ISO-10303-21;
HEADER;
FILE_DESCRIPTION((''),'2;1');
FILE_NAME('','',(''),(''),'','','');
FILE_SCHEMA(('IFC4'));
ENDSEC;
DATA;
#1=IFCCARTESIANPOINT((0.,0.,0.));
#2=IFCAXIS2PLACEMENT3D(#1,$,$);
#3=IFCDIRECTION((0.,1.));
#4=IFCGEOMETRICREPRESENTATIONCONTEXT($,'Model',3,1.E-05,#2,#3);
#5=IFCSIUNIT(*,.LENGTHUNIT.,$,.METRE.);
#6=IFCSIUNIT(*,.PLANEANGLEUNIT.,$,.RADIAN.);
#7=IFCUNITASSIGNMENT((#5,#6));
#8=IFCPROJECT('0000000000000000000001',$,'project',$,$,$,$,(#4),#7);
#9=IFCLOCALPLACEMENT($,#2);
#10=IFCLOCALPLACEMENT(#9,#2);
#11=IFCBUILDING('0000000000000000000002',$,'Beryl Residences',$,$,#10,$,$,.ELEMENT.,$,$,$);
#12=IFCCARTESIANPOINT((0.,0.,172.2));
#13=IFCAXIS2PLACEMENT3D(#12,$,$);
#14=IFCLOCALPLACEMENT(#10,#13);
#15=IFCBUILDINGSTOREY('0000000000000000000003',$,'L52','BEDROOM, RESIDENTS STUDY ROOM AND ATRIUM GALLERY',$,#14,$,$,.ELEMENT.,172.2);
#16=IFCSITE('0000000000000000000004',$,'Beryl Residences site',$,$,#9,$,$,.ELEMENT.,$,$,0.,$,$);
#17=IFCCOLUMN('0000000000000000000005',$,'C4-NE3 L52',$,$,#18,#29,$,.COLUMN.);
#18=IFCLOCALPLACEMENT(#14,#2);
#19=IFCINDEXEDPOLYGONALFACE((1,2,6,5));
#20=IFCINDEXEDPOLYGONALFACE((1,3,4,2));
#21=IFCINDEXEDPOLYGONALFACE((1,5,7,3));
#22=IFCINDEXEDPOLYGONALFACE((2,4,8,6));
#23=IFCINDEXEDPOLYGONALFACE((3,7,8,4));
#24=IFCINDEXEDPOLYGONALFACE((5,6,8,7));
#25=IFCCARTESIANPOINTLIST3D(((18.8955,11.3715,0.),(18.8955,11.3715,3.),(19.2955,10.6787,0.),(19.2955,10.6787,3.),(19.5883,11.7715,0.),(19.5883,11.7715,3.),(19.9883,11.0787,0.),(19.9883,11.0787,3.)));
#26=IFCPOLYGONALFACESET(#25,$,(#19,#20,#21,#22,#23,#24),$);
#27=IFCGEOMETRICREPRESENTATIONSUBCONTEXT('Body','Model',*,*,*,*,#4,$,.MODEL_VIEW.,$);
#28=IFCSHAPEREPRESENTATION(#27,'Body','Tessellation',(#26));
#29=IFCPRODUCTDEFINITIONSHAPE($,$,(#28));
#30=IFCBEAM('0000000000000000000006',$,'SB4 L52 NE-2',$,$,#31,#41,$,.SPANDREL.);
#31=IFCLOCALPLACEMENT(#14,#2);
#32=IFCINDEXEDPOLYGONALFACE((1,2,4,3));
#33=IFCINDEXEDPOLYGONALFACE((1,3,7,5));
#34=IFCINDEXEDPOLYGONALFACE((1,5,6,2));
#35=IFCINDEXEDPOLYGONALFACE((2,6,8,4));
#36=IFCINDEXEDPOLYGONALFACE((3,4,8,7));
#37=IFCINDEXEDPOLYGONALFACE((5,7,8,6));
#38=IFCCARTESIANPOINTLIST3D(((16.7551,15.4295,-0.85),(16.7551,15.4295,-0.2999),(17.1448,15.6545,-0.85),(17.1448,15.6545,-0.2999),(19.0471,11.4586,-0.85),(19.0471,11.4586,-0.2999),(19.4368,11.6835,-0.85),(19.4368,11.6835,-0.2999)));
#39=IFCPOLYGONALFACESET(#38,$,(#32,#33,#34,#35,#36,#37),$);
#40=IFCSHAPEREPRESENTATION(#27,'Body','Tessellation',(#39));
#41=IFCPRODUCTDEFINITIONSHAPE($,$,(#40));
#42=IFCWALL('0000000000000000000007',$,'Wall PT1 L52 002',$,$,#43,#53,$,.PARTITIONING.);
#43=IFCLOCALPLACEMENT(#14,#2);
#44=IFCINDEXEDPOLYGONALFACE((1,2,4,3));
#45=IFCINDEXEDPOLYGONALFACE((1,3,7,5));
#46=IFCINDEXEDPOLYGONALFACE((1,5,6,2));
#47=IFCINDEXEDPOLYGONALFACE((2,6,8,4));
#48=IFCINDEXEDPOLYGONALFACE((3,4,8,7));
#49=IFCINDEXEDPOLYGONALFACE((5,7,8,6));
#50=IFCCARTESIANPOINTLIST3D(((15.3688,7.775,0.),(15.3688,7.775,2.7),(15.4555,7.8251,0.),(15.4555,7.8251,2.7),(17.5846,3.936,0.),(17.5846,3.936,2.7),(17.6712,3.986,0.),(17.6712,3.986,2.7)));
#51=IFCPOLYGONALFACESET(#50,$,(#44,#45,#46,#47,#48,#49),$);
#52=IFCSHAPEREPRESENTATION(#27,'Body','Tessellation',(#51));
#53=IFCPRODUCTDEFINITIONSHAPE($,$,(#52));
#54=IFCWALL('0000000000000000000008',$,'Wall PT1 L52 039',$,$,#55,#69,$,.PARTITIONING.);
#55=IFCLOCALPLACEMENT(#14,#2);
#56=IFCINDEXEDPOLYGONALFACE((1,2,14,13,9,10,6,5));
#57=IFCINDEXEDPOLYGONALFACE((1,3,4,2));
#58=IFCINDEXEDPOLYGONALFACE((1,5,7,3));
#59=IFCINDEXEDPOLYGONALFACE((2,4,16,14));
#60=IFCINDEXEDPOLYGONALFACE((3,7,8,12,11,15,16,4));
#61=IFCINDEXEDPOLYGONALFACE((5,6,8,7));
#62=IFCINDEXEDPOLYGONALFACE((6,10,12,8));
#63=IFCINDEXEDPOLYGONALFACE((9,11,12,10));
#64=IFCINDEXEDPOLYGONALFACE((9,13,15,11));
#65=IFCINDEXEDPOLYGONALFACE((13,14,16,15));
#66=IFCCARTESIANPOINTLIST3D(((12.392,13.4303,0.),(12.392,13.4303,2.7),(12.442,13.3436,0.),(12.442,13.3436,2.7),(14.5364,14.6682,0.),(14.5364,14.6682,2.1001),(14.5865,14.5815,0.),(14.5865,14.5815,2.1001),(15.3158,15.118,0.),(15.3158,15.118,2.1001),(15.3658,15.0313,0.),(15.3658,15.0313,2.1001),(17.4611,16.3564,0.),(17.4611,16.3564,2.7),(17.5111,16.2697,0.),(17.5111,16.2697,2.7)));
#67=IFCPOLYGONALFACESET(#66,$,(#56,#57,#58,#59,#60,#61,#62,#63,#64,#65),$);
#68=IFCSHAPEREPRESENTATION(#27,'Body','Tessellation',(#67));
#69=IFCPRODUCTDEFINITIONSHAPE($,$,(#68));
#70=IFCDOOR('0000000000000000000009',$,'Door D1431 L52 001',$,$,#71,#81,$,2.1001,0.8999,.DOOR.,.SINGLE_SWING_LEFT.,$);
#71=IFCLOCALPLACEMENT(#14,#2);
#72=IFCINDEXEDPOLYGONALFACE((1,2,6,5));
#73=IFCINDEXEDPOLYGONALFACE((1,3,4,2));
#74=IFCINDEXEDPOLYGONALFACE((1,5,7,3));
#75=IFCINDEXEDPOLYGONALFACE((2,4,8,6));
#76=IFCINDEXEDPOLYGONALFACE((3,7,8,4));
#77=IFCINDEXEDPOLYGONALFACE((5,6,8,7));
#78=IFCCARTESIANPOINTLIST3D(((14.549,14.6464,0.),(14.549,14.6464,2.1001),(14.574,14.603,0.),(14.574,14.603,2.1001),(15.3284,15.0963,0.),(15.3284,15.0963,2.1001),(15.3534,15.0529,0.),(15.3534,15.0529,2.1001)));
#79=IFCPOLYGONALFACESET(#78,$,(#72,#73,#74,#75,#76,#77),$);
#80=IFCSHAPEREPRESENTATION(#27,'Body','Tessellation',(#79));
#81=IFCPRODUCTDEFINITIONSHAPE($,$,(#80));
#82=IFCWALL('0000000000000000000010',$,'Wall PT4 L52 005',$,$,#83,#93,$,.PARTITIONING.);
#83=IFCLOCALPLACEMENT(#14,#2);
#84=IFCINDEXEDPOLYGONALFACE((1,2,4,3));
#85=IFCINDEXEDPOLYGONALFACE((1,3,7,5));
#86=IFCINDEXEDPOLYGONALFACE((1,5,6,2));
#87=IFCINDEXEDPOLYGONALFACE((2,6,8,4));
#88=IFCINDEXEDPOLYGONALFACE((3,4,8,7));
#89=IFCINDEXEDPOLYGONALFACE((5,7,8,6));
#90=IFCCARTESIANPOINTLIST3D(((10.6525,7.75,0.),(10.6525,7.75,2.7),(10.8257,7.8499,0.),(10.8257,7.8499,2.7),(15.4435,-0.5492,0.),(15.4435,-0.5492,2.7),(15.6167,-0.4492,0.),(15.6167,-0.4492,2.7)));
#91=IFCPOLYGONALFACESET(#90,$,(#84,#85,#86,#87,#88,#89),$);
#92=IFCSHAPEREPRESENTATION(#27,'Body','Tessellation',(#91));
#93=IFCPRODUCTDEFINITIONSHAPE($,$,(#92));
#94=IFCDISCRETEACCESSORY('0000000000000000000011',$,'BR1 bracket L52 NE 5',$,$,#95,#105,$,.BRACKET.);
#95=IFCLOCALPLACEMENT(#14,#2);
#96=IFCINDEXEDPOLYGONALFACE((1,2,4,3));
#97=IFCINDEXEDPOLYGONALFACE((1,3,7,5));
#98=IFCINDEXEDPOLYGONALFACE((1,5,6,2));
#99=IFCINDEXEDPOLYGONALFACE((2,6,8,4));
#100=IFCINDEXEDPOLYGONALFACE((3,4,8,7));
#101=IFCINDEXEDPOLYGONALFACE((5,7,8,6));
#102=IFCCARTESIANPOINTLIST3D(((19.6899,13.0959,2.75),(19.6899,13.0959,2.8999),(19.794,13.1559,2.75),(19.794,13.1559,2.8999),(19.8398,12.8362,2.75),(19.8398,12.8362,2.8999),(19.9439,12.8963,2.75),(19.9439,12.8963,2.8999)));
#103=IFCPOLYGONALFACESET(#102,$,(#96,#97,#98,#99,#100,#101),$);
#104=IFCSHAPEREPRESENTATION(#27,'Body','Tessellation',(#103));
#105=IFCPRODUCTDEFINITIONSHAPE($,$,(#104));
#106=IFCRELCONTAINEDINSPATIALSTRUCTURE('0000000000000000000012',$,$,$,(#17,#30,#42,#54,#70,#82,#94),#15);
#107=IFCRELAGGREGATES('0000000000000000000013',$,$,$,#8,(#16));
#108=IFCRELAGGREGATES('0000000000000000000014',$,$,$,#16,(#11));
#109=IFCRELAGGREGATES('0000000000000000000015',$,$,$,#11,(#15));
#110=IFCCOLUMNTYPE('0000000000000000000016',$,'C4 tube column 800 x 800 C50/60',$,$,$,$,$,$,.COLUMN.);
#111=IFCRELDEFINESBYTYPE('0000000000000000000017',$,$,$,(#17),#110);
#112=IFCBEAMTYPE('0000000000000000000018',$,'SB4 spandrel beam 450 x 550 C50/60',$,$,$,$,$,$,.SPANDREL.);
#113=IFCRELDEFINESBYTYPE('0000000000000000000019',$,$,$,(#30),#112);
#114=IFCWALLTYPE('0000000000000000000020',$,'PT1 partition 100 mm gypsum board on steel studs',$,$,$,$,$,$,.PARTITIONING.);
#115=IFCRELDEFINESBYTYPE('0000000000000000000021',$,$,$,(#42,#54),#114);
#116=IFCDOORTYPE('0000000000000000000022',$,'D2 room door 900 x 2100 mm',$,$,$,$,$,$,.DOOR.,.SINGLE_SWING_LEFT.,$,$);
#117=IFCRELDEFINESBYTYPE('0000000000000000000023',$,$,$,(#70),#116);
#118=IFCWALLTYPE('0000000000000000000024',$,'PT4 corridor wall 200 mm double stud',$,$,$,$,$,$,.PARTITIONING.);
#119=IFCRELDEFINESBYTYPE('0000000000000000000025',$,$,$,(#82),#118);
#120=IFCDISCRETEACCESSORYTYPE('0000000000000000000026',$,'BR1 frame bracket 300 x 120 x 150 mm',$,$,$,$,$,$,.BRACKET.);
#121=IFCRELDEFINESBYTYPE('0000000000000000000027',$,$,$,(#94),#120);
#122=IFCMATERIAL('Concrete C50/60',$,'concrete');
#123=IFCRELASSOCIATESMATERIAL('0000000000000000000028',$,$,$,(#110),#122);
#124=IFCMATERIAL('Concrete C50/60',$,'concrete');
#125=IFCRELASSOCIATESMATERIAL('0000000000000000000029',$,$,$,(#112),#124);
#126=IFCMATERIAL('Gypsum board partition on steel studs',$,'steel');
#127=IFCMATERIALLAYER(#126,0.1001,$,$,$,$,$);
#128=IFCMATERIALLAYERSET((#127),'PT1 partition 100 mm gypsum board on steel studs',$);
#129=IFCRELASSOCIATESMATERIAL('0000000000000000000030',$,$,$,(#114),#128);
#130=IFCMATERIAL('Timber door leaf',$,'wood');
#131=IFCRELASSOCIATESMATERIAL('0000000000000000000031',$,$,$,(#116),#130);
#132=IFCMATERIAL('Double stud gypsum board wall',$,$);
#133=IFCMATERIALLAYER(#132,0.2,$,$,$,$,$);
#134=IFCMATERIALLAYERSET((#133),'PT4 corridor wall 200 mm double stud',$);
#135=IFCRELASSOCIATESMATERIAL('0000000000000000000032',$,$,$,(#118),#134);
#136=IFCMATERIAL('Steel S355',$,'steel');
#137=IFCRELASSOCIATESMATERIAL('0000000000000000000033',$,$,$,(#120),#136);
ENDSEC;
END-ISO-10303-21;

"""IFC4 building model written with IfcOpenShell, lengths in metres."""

from ifc_helpers import new_model, si_unit, direction, frame, frame_2d, origin, origin_2d, place, context, subcontext, project, spatial, polyline, rectangle, outline, extrude, source, transform, mapped, material, layer, layer_set, material_profile, profile_set, type_object, type_shapes, element, fill, save


model = new_model("IFC4")

# Units and contexts
model_context = context("Model", 3, precision=1e-05, world=origin(), true_north=direction((0.0, 1.0)))
body_context = subcontext(model_context, "Body", "Model", "MODEL_VIEW")
ifc_project = project(units=[si_unit("LENGTHUNIT", "METRE"), si_unit("PLANEANGLEUNIT", "RADIAN")], contexts=[model_context])

# Site, building, storey
site_placement = place(None, origin())
site = spatial("IfcSite", under=ifc_project, at=site_placement, Name="Beryl Residences site", CompositionType="ELEMENT", RefElevation=0.0)
building_placement = place(site_placement, origin())
building = spatial("IfcBuilding", under=site, at=building_placement, Name="Beryl Residences", CompositionType="ELEMENT")
storey_placement = place(building_placement, frame((0.0, 0.0, 172.2)))
storey = spatial("IfcBuildingStorey", under=building, at=storey_placement, Name="L52", Description="BEDROOM, RESIDENTS STUDY ROOM AND ATRIUM GALLERY", CompositionType="ELEMENT", Elevation=172.2)

# Column
ifc_material_1 = material(Name="Concrete C50/60", Category="concrete")
ifc_material_profile_1 = material_profile(ifc_material_1, rectangle(XDim=0.8, YDim=0.8, at=origin_2d()))
ifc_profile_set_1 = profile_set([ifc_material_profile_1], Name="Concrete C50/60")
column_type = type_object("IfcColumnType", Name="C4 tube column 800 x 800 C50/60", PredefinedType="COLUMN", material=ifc_profile_set_1)
column_placement = place(storey_placement, frame((19.4419, 11.2251, 0.0), z_axis=(0.0, 0.0, 1.0), x_axis=(-0.5, 0.866025, 0.0)))
element("IfcColumn", 1, at=column_placement, inside=storey, type_object=column_type, Name="C4-NE3 L52", PredefinedType="COLUMN", context=body_context, shape_type="SweptSolid", body=[
    extrude(rectangle(XDim=0.8, YDim=0.8, at=origin_2d()), origin(), (0.0, 0.0, 1.0), 3.0),
])

# Beam
ifc_material_2 = material(Name="Concrete C50/60", Category="concrete")
ifc_material_profile_2 = material_profile(ifc_material_2, rectangle(XDim=0.45, YDim=0.55, at=origin_2d()))
ifc_profile_set_2 = profile_set([ifc_material_profile_2], Name="Concrete C50/60")
beam_type = type_object("IfcBeamType", Name="SB4 spandrel beam 450 x 550 C50/60", PredefinedType="SPANDREL", material=ifc_profile_set_2)
beam_placement = place(storey_placement, frame((19.2419, 11.571, -0.575), z_axis=(-0.499896, 0.866085, 0.0), x_axis=(-0.866085, -0.499896, 0.0)))
element("IfcBeam", 2, at=beam_placement, inside=storey, type_object=beam_type, Name="SB4 L52 NE-2", PredefinedType="SPANDREL", context=body_context, shape_type="SweptSolid", body=[
    extrude(rectangle(XDim=0.45, YDim=0.55, at=origin_2d()), origin(), (0.0, 0.0, 1.0), 4.585),
])

# Wall
ifc_material_3 = material(Name="Gypsum board partition on steel studs", Category="steel")
ifc_layer_1 = layer(ifc_material_3, 0.1001)
ifc_layer_set_1 = layer_set([ifc_layer_1], Name="PT1 partition 100 mm gypsum board on steel studs")
wall_type_1 = type_object("IfcWallType", Name="PT1 partition 100 mm gypsum board on steel studs", PredefinedType="PARTITIONING", material=ifc_layer_set_1)
wall_1_placement = place(storey_placement, frame((15.4121, 7.8, 0.0), z_axis=(0.0, 0.0, 1.0), x_axis=(0.499883, -0.866093, 0.0)))
element("IfcWall", 3, at=wall_1_placement, inside=storey, type_object=wall_type_1, Name="Wall PT1 L52 002", PredefinedType="PARTITIONING", context=body_context, shape_type="SweptSolid", body=[
    extrude(rectangle(XDim=4.4326, YDim=0.1001, at=frame_2d((2.2163, 0.0))), origin(), (0.0, 0.0, 1.0), 2.7),
])

# Wall, opening, door
wall_2_placement = place(storey_placement, frame((12.417, 13.387, 0.0), z_axis=(0.0, 0.0, 1.0), x_axis=(0.866071, 0.499921, 0.0)))
wall_2 = element("IfcWall", 4, at=wall_2_placement, inside=storey, type_object=wall_type_1, Name="Wall PT1 L52 039", PredefinedType="PARTITIONING", context=body_context, shape_type="SweptSolid", body=[
    extrude(rectangle(XDim=5.853, YDim=0.1001, at=frame_2d((2.9265, 0.0))), origin(), (0.0, 0.0, 1.0), 2.7),
])
opening_placement = place(wall_2_placement, frame((2.4761, 0.0, 0.0)))
opening = element("IfcOpeningElement", 5, at=opening_placement, cuts=wall_2, PredefinedType="OPENING", context=body_context, shape_type="SweptSolid", body=[
    extrude(rectangle(XDim=0.8999, YDim=2.1001, at=frame_2d((0.45, 1.05))), frame((0.0, 0.0601, 0.0), z_axis=(0.0, -1.0, 0.0), x_axis=(1.0, 0.0, 0.0)), (0.0, 0.0, 1.0), 0.1201),
])
ifc_material_4 = material(Name="Timber door leaf", Category="wood")
door_type = type_object("IfcDoorType", Name="D2 room door 900 x 2100 mm", OperationType="SINGLE_SWING_LEFT", PredefinedType="DOOR", material=ifc_material_4)
door_placement = place(opening_placement, origin())
door = element("IfcDoor", 6, at=door_placement, inside=storey, type_object=door_type, Name="Door D1431 L52 001", OperationType="SINGLE_SWING_LEFT", OverallHeight=2.1001, OverallWidth=0.8999, PredefinedType="DOOR", context=body_context, shape_type="SweptSolid", body=[
    extrude(rectangle(XDim=0.8999, YDim=2.1001, at=frame_2d((0.45, 1.05))), frame((0.0, 0.0249, 0.0), z_axis=(0.0, -1.0, 0.0), x_axis=(1.0, 0.0, 0.0)), (0.0, 0.0, 1.0), 0.05),
])
fill(opening, door)

# Wall
ifc_material_5 = material(Name="Double stud gypsum board wall")
ifc_layer_2 = layer(ifc_material_5, 0.2)
ifc_layer_set_2 = layer_set([ifc_layer_2], Name="PT4 corridor wall 200 mm double stud")
wall_type_2 = type_object("IfcWallType", Name="PT4 corridor wall 200 mm double stud", PredefinedType="PARTITIONING", material=ifc_layer_set_2)
wall_3_placement = place(storey_placement, frame((10.739, 7.8, 0.0), z_axis=(0.0, 0.0, 1.0), x_axis=(0.499964, -0.866046, 0.0)))
element("IfcWall", 7, at=wall_3_placement, inside=storey, type_object=wall_type_2, Name="Wall PT4 L52 005", PredefinedType="PARTITIONING", context=body_context, shape_type="SweptSolid", body=[
    extrude(rectangle(XDim=9.5828, YDim=0.2, at=frame_2d((4.7915, 0.0))), origin(), (0.0, 0.0, 1.0), 2.7),
])

# Discrete accessory
ifc_material_6 = material(Name="Steel S355", Category="steel")
discrete_accessory_type = type_object("IfcDiscreteAccessoryType", Name="BR1 frame bracket 300 x 120 x 150 mm", PredefinedType="BRACKET", material=ifc_material_6)
shared_shape_1 = source(origin(), body_context, "Body", "SweptSolid", [
    extrude(outline(polyline([(-0.1499, 0.0), (0.1499, 0.0), (0.1499, 0.1201), (-0.1499, 0.1201), (-0.1499, 0.0)])), origin(), (0.0, 0.0, 1.0), 0.1499),
])
type_shapes(discrete_accessory_type, [shared_shape_1])
discrete_accessory_placement = place(storey_placement, frame((19.7649, 12.9661, 2.75), z_axis=(0.0, 0.0, 1.0), x_axis=(0.5, -0.866025, 0.0)))
element("IfcDiscreteAccessory", 8, at=discrete_accessory_placement, inside=storey, type_object=discrete_accessory_type, Name="BR1 bracket L52 NE 5", PredefinedType="BRACKET", context=body_context, shape_type="MappedRepresentation", body=[
    mapped(shared_shape_1, transform((0.0, 0.0, 0.0))),
])

save(model, "model.ifc")
